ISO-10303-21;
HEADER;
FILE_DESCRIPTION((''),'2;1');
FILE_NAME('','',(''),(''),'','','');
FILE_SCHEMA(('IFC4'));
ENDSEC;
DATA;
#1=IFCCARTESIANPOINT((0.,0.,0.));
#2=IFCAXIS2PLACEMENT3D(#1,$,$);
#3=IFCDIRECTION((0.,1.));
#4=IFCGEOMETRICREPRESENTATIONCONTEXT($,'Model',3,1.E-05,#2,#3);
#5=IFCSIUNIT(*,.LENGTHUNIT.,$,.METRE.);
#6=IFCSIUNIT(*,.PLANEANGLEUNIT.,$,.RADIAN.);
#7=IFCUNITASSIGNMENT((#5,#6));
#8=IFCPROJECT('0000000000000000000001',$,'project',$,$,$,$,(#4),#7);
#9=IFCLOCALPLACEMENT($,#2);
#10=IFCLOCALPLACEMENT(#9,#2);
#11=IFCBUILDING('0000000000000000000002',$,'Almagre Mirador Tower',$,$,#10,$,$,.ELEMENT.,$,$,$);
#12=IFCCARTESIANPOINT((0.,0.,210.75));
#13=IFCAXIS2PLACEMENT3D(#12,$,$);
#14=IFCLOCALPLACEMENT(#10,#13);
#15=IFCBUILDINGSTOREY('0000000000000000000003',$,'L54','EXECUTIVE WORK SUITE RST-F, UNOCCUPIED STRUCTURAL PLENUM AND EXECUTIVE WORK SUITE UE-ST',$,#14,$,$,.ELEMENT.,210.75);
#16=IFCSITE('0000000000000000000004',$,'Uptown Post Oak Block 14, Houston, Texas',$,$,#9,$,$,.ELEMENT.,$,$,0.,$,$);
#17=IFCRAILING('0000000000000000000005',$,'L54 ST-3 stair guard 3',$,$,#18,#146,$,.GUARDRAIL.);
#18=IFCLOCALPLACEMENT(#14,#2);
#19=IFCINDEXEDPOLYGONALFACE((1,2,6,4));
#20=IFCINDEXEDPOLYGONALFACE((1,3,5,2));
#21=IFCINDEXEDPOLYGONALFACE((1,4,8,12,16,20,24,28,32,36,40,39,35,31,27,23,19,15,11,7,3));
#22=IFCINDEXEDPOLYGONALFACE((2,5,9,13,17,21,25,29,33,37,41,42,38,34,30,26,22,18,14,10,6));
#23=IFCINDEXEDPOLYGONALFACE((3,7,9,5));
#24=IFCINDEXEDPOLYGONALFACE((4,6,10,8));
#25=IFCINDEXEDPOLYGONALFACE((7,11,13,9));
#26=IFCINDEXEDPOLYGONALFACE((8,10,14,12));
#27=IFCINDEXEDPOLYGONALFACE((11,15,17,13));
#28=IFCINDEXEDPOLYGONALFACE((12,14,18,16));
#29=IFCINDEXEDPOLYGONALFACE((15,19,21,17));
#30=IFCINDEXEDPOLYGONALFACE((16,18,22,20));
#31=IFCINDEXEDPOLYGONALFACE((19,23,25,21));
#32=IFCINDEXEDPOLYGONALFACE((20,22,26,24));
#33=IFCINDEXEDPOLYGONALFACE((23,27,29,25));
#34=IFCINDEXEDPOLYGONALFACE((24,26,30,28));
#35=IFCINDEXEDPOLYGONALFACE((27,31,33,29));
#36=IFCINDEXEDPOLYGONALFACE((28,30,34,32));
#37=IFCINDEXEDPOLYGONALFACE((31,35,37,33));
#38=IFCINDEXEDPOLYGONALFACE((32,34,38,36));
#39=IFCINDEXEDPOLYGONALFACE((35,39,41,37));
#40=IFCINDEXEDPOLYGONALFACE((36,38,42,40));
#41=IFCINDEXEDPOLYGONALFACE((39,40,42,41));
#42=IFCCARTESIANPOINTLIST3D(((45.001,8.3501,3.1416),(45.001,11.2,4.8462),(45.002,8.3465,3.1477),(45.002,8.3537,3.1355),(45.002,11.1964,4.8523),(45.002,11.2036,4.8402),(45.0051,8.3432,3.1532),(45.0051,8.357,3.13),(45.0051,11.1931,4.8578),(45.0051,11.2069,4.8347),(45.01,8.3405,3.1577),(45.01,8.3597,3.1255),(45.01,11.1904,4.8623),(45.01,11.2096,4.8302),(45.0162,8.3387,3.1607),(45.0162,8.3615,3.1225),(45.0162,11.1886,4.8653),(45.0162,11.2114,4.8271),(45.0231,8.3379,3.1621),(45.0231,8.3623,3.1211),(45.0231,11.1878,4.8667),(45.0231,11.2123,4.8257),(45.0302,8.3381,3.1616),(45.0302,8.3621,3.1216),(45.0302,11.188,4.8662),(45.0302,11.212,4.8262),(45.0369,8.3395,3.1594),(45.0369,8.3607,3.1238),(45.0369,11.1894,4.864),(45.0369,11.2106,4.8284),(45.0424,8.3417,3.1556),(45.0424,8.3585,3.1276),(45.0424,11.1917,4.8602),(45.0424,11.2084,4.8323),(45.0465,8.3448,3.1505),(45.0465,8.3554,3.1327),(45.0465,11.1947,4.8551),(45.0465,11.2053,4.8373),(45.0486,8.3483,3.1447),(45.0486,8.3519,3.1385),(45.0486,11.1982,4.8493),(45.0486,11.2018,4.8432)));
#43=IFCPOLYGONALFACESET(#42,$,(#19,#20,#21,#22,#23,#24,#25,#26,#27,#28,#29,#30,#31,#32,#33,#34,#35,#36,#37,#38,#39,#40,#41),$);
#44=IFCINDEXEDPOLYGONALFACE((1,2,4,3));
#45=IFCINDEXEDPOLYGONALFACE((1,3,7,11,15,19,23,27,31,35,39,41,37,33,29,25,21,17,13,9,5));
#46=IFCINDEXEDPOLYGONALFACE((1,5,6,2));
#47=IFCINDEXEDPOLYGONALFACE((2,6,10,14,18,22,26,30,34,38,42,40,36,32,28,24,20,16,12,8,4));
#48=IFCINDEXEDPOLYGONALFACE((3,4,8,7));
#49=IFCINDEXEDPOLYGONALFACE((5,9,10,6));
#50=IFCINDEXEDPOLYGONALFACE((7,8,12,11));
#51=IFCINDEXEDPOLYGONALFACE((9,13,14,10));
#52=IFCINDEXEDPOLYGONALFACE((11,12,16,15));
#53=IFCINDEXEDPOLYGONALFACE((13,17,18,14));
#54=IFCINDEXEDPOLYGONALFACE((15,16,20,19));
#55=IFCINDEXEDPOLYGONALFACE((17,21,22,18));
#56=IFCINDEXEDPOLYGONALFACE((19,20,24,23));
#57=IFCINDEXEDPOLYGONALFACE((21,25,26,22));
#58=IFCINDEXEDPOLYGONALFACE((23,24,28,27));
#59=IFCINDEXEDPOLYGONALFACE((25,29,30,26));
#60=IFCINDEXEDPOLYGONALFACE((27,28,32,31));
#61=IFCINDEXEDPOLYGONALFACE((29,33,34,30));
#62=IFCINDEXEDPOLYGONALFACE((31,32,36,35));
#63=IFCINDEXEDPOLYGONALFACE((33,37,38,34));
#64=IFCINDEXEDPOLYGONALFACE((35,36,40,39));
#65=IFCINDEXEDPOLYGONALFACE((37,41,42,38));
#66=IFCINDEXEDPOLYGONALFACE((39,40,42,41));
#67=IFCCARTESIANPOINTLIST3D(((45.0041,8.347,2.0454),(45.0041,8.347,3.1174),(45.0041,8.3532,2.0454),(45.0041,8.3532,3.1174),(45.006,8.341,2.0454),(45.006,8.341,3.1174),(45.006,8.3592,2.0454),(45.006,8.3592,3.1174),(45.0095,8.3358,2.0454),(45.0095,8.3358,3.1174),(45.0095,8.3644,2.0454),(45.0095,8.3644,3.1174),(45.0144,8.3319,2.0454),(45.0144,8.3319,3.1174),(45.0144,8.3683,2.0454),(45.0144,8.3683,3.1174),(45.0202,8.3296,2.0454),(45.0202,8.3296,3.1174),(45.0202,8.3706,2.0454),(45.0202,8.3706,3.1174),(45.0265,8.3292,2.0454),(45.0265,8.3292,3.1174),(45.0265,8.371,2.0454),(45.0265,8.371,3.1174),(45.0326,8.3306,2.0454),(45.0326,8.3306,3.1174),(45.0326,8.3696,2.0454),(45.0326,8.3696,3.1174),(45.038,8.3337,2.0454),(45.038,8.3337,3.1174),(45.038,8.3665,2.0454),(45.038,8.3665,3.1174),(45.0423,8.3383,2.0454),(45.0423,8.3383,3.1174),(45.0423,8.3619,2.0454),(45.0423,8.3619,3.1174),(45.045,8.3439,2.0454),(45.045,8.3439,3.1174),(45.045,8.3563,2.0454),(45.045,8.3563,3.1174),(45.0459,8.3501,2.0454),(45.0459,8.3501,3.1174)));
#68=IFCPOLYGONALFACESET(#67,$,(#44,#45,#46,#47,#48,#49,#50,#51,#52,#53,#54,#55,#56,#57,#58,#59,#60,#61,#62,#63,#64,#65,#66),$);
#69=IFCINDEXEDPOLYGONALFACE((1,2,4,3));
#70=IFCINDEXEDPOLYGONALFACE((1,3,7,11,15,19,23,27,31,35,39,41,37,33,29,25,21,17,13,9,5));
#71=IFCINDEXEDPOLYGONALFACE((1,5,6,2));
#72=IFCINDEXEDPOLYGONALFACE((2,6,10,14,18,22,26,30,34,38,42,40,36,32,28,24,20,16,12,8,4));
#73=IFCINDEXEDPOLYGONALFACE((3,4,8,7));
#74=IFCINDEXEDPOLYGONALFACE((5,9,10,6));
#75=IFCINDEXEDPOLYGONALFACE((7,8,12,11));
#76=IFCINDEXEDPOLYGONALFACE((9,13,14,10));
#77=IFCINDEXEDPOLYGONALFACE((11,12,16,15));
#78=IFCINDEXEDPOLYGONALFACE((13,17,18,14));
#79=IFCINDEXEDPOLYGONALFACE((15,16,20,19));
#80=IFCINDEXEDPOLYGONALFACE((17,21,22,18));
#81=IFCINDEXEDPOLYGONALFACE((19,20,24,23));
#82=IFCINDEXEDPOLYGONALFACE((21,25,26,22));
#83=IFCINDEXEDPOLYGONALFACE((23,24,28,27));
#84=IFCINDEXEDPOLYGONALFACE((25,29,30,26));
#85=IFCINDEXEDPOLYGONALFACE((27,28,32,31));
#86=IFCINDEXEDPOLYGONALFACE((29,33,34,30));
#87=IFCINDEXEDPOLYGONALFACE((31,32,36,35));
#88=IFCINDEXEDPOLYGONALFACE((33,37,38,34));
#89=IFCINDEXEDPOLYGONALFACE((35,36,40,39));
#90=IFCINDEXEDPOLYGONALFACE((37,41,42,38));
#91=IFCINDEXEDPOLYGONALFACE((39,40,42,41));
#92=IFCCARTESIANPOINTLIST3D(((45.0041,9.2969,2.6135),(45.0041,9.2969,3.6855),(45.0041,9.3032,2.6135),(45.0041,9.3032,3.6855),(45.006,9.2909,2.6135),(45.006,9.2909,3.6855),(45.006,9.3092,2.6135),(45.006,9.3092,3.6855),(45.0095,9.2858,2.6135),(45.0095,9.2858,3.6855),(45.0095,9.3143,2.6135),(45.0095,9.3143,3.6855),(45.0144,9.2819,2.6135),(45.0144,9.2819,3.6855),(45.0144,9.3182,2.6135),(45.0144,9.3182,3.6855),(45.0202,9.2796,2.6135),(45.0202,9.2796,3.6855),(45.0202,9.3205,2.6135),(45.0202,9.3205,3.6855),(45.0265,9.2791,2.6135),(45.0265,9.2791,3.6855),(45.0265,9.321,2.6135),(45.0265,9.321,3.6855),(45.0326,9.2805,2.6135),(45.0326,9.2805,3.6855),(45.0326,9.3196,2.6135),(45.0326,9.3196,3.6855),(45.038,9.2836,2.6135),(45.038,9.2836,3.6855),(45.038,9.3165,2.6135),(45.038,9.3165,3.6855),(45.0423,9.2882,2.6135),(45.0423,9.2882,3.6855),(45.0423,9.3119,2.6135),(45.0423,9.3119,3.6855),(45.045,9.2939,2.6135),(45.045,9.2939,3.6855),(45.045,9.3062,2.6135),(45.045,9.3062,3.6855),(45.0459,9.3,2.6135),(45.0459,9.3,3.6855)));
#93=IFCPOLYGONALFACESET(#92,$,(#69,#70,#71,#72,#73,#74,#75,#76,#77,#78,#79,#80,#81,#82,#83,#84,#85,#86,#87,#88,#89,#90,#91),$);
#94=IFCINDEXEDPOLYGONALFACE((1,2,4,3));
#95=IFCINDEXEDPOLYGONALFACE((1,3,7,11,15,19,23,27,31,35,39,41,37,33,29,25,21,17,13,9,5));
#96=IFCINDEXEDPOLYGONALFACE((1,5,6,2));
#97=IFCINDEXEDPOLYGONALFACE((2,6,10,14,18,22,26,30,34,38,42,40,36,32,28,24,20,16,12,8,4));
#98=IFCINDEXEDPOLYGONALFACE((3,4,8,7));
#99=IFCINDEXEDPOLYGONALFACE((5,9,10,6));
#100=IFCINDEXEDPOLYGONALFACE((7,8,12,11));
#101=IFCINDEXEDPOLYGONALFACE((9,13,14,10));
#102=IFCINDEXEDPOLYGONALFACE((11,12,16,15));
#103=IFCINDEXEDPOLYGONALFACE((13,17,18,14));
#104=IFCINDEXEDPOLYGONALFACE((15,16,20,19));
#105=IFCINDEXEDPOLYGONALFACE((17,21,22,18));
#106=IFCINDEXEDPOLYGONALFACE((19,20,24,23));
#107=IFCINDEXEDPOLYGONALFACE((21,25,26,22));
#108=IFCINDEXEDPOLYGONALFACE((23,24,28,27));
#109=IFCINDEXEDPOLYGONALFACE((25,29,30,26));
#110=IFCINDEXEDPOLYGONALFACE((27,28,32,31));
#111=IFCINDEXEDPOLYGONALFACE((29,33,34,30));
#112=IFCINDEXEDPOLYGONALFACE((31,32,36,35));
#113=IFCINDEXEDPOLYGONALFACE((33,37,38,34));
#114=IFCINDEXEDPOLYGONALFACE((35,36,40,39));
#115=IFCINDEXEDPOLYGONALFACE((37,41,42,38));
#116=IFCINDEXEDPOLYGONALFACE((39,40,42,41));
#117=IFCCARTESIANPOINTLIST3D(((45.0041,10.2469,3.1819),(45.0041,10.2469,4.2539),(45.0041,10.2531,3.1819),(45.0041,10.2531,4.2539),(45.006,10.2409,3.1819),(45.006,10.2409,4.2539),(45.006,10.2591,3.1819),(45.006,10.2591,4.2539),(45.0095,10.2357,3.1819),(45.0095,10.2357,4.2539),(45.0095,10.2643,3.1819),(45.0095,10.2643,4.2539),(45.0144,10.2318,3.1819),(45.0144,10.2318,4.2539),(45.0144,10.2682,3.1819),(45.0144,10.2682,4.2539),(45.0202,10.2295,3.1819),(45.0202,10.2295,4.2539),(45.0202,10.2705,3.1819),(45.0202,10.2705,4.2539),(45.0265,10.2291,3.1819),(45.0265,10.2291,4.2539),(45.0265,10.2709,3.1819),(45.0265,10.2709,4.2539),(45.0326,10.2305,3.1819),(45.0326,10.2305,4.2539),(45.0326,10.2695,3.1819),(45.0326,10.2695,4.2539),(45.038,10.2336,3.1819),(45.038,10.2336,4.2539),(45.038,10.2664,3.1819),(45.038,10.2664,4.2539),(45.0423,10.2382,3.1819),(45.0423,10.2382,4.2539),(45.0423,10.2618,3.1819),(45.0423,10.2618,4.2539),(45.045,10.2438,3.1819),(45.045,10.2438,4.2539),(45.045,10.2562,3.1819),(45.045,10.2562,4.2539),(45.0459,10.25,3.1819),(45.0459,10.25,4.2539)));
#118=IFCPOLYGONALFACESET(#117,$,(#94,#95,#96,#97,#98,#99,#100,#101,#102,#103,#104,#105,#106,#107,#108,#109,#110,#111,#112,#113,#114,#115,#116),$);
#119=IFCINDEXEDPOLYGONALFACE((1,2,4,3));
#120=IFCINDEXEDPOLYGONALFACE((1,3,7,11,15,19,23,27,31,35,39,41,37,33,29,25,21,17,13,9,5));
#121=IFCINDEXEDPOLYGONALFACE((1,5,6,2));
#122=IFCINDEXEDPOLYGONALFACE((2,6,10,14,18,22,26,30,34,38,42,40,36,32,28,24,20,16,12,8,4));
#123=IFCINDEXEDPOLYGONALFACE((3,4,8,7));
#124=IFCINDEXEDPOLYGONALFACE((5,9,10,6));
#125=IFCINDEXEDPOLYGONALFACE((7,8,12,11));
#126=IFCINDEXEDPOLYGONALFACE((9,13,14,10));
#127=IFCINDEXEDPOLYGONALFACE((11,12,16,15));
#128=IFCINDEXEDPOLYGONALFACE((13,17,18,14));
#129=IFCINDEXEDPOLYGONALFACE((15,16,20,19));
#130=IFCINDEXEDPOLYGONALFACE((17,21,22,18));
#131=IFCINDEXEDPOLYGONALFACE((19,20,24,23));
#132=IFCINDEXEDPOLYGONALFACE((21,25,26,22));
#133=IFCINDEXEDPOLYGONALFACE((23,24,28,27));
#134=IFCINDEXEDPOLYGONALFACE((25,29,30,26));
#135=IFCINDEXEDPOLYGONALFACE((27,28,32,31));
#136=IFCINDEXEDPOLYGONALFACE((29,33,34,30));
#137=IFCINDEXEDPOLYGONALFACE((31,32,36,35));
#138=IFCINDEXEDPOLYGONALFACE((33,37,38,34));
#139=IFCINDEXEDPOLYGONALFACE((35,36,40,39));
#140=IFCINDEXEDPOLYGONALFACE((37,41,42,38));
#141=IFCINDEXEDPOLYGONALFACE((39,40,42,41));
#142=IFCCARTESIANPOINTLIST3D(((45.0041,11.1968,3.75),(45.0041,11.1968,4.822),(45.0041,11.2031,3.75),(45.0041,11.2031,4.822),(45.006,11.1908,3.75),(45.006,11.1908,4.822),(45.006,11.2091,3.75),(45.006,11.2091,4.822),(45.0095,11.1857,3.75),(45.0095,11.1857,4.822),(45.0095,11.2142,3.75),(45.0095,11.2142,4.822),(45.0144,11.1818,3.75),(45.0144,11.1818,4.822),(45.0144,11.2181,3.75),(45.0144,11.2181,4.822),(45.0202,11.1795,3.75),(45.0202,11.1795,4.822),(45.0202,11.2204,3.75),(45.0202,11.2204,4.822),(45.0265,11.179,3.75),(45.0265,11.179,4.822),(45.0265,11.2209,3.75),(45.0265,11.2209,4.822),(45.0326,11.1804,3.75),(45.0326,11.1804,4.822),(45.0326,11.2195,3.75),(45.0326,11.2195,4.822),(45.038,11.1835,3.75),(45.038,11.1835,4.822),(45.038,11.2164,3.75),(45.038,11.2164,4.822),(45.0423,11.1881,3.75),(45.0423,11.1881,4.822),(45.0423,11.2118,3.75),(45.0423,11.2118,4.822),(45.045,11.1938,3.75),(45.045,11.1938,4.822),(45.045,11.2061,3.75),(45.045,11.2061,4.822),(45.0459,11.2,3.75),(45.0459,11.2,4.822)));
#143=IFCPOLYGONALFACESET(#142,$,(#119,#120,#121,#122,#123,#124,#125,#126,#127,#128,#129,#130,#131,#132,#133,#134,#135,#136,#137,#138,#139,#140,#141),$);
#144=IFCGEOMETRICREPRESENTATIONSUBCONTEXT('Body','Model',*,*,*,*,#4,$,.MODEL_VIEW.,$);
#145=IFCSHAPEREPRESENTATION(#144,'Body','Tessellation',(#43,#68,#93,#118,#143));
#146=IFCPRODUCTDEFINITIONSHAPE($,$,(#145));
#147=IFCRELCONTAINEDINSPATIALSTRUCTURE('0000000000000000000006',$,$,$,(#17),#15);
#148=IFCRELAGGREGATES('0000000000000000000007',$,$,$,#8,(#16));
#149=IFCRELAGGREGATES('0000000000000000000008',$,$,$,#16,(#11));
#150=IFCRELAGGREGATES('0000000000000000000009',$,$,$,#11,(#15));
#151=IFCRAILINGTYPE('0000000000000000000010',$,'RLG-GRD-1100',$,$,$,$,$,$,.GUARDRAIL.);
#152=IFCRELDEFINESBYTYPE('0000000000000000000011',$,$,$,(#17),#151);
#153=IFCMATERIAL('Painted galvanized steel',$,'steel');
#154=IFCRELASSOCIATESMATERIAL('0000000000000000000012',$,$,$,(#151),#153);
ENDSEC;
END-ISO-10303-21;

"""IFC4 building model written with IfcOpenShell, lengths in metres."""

from ifc_helpers import new_model, si_unit, direction, frame, origin, origin_2d, place, context, subcontext, project, spatial, circle, extrude, material, type_object, element, save


model = new_model("IFC4")

# Units and contexts
model_context = context("Model", 3, precision=1e-05, world=origin(), true_north=direction((0.0, 1.0)))
body_context = subcontext(model_context, "Body", "Model", "MODEL_VIEW")
ifc_project = project(units=[si_unit("LENGTHUNIT", "METRE"), si_unit("PLANEANGLEUNIT", "RADIAN")], contexts=[model_context])

# Site, building, storey
site_placement = place(None, origin())
site = spatial("IfcSite", under=ifc_project, at=site_placement, Name="Uptown Post Oak Block 14, Houston, Texas", CompositionType="ELEMENT", RefElevation=0.0)
building_placement = place(site_placement, origin())
building = spatial("IfcBuilding", under=site, at=building_placement, Name="Almagre Mirador Tower", CompositionType="ELEMENT")
storey_placement = place(building_placement, frame((0.0, 0.0, 210.75)))
storey = spatial("IfcBuildingStorey", under=building, at=storey_placement, Name="L54", Description="EXECUTIVE WORK SUITE RST-F, UNOCCUPIED STRUCTURAL PLENUM AND EXECUTIVE WORK SUITE UE-ST", CompositionType="ELEMENT", Elevation=210.75)

# Railing
ifc_material_1 = material(Name="Painted galvanized steel", Category="steel")
railing_type_1 = type_object("IfcRailingType", Name="RLG-GRD-1100", PredefinedType="GUARDRAIL", material=ifc_material_1)
railing_1_placement = place(storey_placement, frame((45.0249, 8.3501, 2.0454)))
element("IfcRailing", 1, at=railing_1_placement, inside=storey, type_object=railing_type_1, Name="L54 ST-3 stair guard 3", PredefinedType="GUARDRAIL", context=body_context, shape_type="SweptSolid", body=[
    extrude(circle(Radius=0.0239, at=origin_2d()), frame((0.0, 0.0, 1.0962), z_axis=(0.0, 0.858199, 0.513317), x_axis=(-1.0, 0.0, 0.0)), (0.0, 0.0, 1.0), 3.3208),
    extrude(circle(Radius=0.021, at=origin_2d()), origin(), (0.0, 0.0, 1.0), 1.072),
    extrude(circle(Radius=0.021, at=origin_2d()), frame((0.0, 0.95, 0.5681)), (0.0, 0.0, 1.0), 1.072),
    extrude(circle(Radius=0.021, at=origin_2d()), frame((0.0, 1.8999, 1.1365)), (0.0, 0.0, 1.0), 1.072),
    extrude(circle(Radius=0.021, at=origin_2d()), frame((0.0, 2.8499, 1.7046)), (0.0, 0.0, 1.0), 1.072),
])

save(model, "model.ifc")
